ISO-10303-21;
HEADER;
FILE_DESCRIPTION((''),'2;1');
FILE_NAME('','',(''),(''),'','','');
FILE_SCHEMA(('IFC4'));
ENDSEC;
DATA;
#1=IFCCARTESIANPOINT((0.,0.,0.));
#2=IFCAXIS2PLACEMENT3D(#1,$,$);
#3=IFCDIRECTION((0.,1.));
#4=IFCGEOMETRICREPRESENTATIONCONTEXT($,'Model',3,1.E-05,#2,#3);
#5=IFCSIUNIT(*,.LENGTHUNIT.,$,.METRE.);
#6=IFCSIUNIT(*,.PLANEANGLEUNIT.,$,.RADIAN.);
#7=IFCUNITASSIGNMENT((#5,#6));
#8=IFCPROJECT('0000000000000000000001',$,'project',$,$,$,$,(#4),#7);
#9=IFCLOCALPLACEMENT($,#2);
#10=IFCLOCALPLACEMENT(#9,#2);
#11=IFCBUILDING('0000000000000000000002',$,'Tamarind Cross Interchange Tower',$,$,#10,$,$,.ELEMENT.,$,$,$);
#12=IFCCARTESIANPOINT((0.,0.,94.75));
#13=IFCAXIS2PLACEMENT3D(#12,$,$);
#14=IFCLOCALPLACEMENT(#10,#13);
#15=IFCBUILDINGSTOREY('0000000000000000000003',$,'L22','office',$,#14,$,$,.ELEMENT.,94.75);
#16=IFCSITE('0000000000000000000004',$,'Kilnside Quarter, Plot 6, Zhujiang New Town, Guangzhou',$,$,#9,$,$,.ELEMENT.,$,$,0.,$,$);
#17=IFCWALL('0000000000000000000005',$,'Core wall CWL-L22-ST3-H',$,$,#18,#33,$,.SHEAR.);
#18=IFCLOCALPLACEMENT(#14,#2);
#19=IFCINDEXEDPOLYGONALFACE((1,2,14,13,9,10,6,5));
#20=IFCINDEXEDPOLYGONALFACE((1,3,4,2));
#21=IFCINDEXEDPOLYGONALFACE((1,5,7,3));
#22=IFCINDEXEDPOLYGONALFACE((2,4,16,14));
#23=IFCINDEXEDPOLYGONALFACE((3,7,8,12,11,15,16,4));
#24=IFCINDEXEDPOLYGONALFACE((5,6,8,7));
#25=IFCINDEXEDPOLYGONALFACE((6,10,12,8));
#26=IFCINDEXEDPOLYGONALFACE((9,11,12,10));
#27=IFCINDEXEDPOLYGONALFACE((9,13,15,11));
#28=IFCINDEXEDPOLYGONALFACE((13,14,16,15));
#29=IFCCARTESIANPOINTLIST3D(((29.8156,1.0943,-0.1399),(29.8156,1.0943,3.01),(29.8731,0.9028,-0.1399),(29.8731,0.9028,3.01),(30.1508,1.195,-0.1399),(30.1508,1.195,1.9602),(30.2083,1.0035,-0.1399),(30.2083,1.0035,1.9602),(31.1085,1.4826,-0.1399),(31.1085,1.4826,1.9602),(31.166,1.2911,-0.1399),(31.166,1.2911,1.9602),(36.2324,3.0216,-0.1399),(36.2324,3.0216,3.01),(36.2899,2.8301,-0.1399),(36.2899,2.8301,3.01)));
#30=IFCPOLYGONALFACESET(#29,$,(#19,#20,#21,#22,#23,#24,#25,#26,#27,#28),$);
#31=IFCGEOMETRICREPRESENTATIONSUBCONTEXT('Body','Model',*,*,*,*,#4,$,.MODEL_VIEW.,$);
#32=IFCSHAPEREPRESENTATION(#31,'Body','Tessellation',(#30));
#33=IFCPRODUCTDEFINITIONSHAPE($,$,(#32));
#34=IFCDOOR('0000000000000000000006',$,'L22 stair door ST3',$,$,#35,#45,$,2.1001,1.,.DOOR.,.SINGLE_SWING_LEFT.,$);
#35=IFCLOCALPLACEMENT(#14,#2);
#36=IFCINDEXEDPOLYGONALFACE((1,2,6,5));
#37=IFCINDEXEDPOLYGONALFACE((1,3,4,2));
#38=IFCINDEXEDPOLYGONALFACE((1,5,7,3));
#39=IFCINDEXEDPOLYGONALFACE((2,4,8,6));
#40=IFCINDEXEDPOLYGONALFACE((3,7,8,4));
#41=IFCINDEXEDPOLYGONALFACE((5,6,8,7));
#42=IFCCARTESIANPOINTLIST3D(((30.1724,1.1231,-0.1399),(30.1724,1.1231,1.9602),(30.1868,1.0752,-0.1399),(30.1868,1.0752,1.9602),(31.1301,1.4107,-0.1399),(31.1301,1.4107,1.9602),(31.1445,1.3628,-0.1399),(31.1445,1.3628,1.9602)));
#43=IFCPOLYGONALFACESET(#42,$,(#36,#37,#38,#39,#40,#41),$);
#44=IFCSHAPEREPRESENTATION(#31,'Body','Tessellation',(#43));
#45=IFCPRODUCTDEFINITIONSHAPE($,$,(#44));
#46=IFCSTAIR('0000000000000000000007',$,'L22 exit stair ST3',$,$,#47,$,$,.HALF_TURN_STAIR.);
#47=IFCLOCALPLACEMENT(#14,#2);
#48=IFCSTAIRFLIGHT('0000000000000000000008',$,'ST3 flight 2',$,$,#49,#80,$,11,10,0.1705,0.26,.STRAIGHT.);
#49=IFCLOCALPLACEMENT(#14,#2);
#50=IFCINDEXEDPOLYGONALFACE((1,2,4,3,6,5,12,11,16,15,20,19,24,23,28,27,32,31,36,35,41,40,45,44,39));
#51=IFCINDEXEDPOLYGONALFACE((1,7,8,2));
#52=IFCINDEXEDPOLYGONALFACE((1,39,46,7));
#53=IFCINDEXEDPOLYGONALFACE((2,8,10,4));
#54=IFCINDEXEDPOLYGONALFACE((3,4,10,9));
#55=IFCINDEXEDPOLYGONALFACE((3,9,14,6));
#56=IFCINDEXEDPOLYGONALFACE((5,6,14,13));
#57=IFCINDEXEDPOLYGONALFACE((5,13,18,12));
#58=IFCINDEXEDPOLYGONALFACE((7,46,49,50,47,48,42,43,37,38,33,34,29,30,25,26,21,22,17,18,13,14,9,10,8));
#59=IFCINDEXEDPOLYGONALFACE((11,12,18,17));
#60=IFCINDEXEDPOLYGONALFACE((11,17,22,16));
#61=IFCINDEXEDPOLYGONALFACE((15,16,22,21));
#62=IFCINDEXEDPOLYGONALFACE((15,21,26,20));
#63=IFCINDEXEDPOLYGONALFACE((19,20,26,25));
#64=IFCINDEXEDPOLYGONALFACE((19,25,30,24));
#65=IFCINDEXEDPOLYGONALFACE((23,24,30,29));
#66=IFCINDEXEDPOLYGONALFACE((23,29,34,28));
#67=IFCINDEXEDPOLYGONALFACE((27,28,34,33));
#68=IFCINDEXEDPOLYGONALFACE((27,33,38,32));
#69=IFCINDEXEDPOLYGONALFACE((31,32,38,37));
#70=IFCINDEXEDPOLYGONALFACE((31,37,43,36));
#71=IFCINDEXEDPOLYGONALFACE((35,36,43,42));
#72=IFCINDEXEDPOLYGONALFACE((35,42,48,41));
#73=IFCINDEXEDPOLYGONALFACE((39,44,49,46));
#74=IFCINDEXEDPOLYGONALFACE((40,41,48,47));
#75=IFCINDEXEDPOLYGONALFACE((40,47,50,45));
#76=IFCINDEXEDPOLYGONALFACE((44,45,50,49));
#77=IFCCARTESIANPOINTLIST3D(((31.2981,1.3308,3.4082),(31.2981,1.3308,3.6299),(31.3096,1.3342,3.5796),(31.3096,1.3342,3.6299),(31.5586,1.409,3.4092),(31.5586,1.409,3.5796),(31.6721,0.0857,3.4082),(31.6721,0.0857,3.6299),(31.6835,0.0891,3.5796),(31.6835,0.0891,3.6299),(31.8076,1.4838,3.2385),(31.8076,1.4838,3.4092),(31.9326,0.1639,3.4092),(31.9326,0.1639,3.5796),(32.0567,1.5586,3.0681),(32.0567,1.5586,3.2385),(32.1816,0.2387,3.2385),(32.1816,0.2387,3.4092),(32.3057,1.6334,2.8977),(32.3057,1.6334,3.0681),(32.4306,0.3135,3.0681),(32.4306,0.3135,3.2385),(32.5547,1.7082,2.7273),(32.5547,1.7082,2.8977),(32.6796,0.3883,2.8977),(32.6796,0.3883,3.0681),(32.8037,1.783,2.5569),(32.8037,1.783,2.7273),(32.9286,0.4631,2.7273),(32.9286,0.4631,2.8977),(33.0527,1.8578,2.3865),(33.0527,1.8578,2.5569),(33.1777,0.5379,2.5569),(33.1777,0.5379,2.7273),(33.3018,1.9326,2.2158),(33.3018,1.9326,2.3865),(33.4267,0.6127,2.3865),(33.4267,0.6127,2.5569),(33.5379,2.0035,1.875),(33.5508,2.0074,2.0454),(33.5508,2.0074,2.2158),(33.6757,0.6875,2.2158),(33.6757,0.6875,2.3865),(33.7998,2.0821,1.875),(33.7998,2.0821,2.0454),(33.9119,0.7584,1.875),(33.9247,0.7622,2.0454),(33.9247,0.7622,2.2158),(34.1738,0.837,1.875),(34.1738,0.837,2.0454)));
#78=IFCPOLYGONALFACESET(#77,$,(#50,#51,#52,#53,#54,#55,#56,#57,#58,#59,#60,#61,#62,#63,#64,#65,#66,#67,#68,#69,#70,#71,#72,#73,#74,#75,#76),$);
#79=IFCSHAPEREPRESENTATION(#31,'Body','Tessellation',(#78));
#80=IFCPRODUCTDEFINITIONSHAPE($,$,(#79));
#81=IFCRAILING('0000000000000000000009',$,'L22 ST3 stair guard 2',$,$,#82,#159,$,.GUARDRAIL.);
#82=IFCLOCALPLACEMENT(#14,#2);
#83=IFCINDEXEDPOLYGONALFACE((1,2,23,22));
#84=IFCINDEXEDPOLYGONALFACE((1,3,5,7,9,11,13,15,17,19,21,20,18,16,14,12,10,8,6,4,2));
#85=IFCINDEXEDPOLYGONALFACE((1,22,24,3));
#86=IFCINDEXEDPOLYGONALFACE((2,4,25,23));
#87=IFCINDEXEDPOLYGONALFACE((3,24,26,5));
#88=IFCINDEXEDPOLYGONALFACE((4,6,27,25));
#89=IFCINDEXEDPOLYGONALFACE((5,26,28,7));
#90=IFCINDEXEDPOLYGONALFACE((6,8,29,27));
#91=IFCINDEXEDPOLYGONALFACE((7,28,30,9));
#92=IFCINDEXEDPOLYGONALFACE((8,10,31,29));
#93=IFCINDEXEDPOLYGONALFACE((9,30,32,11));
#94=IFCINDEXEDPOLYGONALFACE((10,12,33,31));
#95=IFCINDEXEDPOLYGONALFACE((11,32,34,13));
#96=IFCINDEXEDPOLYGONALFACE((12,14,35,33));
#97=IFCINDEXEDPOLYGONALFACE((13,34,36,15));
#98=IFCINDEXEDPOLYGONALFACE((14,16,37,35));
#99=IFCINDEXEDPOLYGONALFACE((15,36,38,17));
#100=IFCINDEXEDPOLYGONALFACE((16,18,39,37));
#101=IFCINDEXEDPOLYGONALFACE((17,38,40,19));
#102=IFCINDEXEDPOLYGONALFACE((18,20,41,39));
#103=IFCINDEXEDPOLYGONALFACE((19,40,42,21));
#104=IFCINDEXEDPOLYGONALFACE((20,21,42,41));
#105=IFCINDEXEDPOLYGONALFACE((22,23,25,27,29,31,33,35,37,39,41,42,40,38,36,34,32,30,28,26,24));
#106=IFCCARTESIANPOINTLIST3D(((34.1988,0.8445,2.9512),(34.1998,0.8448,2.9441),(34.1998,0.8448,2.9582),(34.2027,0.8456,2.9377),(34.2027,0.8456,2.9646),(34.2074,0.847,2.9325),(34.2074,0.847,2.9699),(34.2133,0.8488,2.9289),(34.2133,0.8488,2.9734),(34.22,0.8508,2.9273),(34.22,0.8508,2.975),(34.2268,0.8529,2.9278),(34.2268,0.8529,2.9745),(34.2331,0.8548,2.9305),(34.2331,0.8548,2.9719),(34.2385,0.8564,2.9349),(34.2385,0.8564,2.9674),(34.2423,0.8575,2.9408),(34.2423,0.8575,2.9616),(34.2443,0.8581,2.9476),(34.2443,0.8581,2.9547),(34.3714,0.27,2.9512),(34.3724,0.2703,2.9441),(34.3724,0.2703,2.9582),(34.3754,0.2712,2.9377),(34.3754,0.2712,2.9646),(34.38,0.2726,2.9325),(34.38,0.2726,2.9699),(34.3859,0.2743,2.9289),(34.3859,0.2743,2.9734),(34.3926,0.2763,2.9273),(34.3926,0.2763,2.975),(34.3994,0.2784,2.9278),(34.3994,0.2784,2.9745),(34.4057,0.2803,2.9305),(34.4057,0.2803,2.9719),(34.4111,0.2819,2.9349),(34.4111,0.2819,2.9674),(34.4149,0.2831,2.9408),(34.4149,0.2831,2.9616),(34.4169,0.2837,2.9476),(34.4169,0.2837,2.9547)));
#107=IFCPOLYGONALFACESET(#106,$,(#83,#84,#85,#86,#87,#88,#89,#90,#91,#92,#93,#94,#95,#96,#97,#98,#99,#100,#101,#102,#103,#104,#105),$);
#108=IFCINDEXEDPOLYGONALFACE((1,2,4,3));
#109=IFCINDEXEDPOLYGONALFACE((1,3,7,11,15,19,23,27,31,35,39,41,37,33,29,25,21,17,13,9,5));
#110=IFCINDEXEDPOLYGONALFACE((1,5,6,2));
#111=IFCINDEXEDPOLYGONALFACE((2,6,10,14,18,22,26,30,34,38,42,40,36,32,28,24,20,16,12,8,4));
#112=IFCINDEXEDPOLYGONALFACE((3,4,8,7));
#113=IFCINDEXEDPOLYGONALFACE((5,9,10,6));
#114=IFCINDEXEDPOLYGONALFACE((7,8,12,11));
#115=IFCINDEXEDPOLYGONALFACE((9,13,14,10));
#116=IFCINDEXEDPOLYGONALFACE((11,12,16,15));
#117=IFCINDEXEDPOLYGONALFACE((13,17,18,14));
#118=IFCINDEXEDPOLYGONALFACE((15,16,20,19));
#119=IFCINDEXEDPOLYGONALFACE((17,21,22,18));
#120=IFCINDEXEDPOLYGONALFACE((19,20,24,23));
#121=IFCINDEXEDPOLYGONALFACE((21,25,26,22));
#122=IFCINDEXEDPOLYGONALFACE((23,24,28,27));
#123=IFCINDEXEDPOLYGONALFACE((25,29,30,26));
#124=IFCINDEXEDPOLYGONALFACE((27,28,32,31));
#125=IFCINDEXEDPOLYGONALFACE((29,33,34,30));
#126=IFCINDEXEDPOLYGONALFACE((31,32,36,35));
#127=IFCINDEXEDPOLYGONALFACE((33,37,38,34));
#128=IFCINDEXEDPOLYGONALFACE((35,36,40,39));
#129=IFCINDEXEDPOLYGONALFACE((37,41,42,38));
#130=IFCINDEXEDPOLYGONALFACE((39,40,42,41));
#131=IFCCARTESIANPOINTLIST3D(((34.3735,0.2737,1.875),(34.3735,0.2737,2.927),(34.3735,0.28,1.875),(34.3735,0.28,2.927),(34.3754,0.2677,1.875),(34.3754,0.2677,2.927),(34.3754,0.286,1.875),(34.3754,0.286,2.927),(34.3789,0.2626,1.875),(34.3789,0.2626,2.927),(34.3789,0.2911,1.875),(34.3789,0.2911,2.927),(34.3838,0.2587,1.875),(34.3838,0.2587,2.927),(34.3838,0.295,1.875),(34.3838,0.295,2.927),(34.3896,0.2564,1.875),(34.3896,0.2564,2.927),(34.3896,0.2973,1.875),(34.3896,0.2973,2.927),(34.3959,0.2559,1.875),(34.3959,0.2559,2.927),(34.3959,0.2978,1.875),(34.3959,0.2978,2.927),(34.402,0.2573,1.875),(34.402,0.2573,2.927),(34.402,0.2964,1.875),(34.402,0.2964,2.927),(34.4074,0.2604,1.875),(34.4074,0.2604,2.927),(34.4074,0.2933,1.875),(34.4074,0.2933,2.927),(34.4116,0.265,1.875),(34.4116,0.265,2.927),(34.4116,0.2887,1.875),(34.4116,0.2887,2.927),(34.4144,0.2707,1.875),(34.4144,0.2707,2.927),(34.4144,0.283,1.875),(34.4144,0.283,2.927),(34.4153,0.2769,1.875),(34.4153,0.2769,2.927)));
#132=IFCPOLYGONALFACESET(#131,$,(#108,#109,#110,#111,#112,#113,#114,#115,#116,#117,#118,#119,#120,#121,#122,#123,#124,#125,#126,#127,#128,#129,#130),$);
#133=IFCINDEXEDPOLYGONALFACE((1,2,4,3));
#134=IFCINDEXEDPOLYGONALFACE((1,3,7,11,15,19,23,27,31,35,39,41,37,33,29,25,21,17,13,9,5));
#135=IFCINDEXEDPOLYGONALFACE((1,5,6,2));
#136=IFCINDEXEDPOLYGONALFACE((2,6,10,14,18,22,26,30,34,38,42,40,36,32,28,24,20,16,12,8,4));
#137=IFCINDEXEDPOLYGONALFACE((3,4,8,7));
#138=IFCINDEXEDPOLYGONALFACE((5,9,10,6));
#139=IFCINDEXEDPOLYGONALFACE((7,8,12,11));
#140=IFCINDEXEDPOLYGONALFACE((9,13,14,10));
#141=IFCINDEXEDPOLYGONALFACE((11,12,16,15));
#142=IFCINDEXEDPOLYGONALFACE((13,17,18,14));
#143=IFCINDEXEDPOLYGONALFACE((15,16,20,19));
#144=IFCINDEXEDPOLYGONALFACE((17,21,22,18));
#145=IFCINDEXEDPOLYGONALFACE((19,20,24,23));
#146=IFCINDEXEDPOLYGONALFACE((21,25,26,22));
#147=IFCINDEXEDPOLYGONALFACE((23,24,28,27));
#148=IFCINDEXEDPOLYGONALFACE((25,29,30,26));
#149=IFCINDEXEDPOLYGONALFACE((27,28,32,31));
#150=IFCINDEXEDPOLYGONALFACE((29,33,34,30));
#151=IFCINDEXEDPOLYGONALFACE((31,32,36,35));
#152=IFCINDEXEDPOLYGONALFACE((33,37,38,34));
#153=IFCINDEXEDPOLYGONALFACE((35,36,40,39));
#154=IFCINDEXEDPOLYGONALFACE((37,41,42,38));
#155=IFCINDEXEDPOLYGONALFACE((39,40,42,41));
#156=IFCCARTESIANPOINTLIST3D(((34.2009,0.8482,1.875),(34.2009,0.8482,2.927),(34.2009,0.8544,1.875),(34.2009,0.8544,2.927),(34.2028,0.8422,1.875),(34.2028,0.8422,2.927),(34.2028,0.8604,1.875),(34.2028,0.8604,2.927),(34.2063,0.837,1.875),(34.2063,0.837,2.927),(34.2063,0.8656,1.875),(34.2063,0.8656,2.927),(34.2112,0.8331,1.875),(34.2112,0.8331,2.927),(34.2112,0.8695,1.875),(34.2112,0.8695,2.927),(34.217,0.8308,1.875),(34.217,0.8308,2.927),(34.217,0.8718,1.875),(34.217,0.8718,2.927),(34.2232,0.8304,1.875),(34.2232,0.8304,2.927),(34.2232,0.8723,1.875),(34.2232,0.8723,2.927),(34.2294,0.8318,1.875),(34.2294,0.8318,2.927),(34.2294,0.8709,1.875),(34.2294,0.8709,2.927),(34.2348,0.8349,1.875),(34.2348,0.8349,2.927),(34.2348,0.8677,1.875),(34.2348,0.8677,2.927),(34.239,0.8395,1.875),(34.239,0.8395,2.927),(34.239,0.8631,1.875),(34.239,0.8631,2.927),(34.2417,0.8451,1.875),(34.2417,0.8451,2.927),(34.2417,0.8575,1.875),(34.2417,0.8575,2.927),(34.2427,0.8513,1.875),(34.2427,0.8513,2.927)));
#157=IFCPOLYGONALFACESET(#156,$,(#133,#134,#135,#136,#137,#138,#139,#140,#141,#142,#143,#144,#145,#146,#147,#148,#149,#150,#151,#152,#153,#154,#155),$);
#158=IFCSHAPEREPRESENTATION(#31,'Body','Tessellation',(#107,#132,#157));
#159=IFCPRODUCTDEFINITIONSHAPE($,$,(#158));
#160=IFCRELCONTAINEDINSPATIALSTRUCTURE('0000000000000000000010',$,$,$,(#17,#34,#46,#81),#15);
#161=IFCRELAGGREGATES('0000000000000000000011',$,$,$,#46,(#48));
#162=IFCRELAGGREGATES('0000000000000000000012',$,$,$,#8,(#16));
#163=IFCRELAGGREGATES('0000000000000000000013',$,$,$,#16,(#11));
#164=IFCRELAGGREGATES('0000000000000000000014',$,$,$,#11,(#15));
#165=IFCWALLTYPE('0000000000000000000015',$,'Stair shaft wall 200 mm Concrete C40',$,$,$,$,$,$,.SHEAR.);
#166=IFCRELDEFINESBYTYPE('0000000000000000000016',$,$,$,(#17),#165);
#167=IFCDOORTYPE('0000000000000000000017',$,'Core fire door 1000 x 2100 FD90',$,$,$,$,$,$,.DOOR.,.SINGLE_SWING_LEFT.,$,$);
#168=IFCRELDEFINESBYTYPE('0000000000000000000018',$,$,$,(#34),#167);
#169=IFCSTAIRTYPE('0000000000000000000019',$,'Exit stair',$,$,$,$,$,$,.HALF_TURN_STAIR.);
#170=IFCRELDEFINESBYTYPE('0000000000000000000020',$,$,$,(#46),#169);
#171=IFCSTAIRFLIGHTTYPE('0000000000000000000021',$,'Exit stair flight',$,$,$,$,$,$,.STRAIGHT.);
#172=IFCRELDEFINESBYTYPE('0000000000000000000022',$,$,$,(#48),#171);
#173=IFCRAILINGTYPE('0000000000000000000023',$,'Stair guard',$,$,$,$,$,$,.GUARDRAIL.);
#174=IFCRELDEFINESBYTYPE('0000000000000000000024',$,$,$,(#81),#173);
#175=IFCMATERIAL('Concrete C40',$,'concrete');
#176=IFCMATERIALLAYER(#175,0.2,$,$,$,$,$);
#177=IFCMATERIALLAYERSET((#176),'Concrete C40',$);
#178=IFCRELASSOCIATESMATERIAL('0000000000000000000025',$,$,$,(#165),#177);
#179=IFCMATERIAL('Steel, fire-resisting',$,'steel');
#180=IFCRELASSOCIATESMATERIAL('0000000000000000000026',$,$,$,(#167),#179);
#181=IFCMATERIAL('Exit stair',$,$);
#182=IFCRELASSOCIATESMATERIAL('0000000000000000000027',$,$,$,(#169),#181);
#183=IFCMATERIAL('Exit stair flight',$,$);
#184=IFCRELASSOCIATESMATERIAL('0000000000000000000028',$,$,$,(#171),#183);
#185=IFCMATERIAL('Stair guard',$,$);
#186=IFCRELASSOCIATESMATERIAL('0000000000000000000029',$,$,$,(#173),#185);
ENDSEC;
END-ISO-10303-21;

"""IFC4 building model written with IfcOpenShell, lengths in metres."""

from ifc_helpers import new_model, si_unit, direction, frame, frame_2d, origin, origin_2d, place, context, subcontext, project, spatial, polyline, rectangle, circle, outline, extrude, material, layer, layer_set, type_object, element, fill, aggregate, save


model = new_model("IFC4")

# Units and contexts
model_context = context("Model", 3, precision=1e-05, world=origin(), true_north=direction((0.0, 1.0)))
body_context = subcontext(model_context, "Body", "Model", "MODEL_VIEW")
ifc_project = project(units=[si_unit("LENGTHUNIT", "METRE"), si_unit("PLANEANGLEUNIT", "RADIAN")], contexts=[model_context])

# Site, building, storey
site_placement = place(None, origin())
site = spatial("IfcSite", under=ifc_project, at=site_placement, Name="Kilnside Quarter, Plot 6, Zhujiang New Town, Guangzhou", CompositionType="ELEMENT", RefElevation=0.0)
building_placement = place(site_placement, origin())
building = spatial("IfcBuilding", under=site, at=building_placement, Name="Tamarind Cross Interchange Tower", CompositionType="ELEMENT")
storey_placement = place(building_placement, frame((0.0, 0.0, 94.75)))
storey = spatial("IfcBuildingStorey", under=building, at=storey_placement, Name="L22", Description="office", CompositionType="ELEMENT", Elevation=94.75)

# Wall, opening, door
ifc_material_1 = material(Name="Concrete C40", Category="concrete")
ifc_layer_1 = layer(ifc_material_1, 0.2)
ifc_layer_set_1 = layer_set([ifc_layer_1], Name="Concrete C40")
wall_type_1 = type_object("IfcWallType", Name="Stair shaft wall 200 mm Concrete C40", PredefinedType="SHEAR", material=ifc_layer_set_1)
wall_1_placement = place(storey_placement, frame((29.8442, 0.9985, -0.1399), z_axis=(0.0, 0.0, 1.0), x_axis=(0.957735, 0.287652, 0.0)))
wall_1 = element("IfcWall", 1, at=wall_1_placement, inside=storey, type_object=wall_type_1, Name="Core wall CWL-L22-ST3-H", PredefinedType="SHEAR", context=body_context, shape_type="SweptSolid", body=[
    extrude(rectangle(XDim=6.7, YDim=0.2, at=frame_2d((3.3501, 0.0))), origin(), (0.0, 0.0, 1.0), 3.1499),
])
opening_1_placement = place(wall_1_placement, frame((0.3501, 0.0, 0.0)))
opening_1 = element("IfcOpeningElement", 2, at=opening_1_placement, cuts=wall_1, PredefinedType="OPENING", context=body_context, shape_type="SweptSolid", body=[
    extrude(rectangle(XDim=1.0, YDim=2.1001, at=frame_2d((0.5, 1.05))), frame((0.0, 0.1099, 0.0), z_axis=(0.0, -1.0, 0.0), x_axis=(1.0, 0.0, 0.0)), (0.0, 0.0, 1.0), 0.22),
])
ifc_material_2 = material(Name="Steel, fire-resisting", Category="steel")
door_type_1 = type_object("IfcDoorType", Name="Core fire door 1000 x 2100 FD90", OperationType="SINGLE_SWING_LEFT", PredefinedType="DOOR", material=ifc_material_2)
door_1_placement = place(opening_1_placement, origin())
door_1 = element("IfcDoor", 3, at=door_1_placement, inside=storey, type_object=door_type_1, Name="L22 stair door ST3", OperationType="SINGLE_SWING_LEFT", OverallHeight=2.1001, OverallWidth=1.0, PredefinedType="DOOR", context=body_context, shape_type="SweptSolid", body=[
    extrude(rectangle(XDim=1.0, YDim=2.1001, at=frame_2d((0.5, 1.05))), frame((0.0, 0.0249, 0.0), z_axis=(0.0, -1.0, 0.0), x_axis=(1.0, 0.0, 0.0)), (0.0, 0.0, 1.0), 0.05),
])
fill(opening_1, door_1)

# Stair, stair flight
ifc_material_3 = material(Name="Exit stair")
stair_type = type_object("IfcStairType", Name="Exit stair", PredefinedType="HALF_TURN_STAIR", material=ifc_material_3)
stair_placement = place(storey_placement, origin())
stair = element("IfcStair", 4, at=stair_placement, inside=storey, type_object=stair_type, Name="L22 exit stair ST3", PredefinedType="HALF_TURN_STAIR")
ifc_material_4 = material(Name="Exit stair flight")
stair_flight_type = type_object("IfcStairFlightType", Name="Exit stair flight", PredefinedType="STRAIGHT", material=ifc_material_4)
stair_flight_placement = place(storey_placement, frame((33.9868, 1.4595, 1.875), z_axis=(0.0, 0.0, 1.0), x_axis=(-0.957738, -0.287641, 0.0)))
stair_flight = element("IfcStairFlight", 5, at=stair_flight_placement, type_object=stair_flight_type, Name="ST3 flight 2", NumberOfRisers=11, NumberOfTreads=10, PredefinedType="STRAIGHT", RiserHeight=0.1705, TreadLength=0.26, context=body_context, shape_type="SweptSolid", body=[
    extrude(outline(polyline([(0.0, 0.0), (0.0, 0.1704), (0.26, 0.1704), (0.26, 0.3408), (0.52, 0.3408), (0.52, 0.5115), (0.78, 0.5115), (0.78, 0.6819), (1.04, 0.6819), (1.04, 0.8523), (1.3, 0.8523), (1.3, 1.0227), (1.5601, 1.0227), (1.5601, 1.1931), (1.8201, 1.1931), (1.8201, 1.3635), (2.0801, 1.3635), (2.0801, 1.5342), (2.3401, 1.5342), (2.3401, 1.7046), (2.6001, 1.7046), (2.6001, 1.7549), (2.6121, 1.7549), (2.6121, 1.5332), (0.2734, 0.0), (0.0, 0.0)])), frame((0.0, 0.6499, 0.0), z_axis=(0.0, -1.0, 0.0), x_axis=(1.0, 0.0, 0.0)), (0.0, 0.0, 1.0), 1.3),
])
aggregate(stair, [stair_flight])

# Railing
ifc_material_5 = material(Name="Stair guard")
railing_type_1 = type_object("IfcRailingType", Name="Stair guard", PredefinedType="GUARDRAIL", material=ifc_material_5)
railing_1_placement = place(storey_placement, frame((34.3943, 0.2769, 1.875)))
element("IfcRailing", 6, at=railing_1_placement, inside=storey, type_object=railing_type_1, Name="L22 ST3 stair guard 2", PredefinedType="GUARDRAIL", context=body_context, shape_type="SweptSolid", body=[
    extrude(circle(Radius=0.0239, at=origin_2d()), frame((0.0, 0.0, 1.0762), z_axis=(-0.287759, 0.957703, 0.0), x_axis=(-0.957703, -0.287759, 0.0)), (0.0, 0.0, 1.0), 0.5999),
    extrude(circle(Radius=0.021, at=origin_2d()), origin(), (0.0, 0.0, 1.0), 1.052),
    extrude(circle(Radius=0.021, at=origin_2d()), frame((-0.1726, 0.5745, 0.0)), (0.0, 0.0, 1.0), 1.052),
])

save(model, "model.ifc")
